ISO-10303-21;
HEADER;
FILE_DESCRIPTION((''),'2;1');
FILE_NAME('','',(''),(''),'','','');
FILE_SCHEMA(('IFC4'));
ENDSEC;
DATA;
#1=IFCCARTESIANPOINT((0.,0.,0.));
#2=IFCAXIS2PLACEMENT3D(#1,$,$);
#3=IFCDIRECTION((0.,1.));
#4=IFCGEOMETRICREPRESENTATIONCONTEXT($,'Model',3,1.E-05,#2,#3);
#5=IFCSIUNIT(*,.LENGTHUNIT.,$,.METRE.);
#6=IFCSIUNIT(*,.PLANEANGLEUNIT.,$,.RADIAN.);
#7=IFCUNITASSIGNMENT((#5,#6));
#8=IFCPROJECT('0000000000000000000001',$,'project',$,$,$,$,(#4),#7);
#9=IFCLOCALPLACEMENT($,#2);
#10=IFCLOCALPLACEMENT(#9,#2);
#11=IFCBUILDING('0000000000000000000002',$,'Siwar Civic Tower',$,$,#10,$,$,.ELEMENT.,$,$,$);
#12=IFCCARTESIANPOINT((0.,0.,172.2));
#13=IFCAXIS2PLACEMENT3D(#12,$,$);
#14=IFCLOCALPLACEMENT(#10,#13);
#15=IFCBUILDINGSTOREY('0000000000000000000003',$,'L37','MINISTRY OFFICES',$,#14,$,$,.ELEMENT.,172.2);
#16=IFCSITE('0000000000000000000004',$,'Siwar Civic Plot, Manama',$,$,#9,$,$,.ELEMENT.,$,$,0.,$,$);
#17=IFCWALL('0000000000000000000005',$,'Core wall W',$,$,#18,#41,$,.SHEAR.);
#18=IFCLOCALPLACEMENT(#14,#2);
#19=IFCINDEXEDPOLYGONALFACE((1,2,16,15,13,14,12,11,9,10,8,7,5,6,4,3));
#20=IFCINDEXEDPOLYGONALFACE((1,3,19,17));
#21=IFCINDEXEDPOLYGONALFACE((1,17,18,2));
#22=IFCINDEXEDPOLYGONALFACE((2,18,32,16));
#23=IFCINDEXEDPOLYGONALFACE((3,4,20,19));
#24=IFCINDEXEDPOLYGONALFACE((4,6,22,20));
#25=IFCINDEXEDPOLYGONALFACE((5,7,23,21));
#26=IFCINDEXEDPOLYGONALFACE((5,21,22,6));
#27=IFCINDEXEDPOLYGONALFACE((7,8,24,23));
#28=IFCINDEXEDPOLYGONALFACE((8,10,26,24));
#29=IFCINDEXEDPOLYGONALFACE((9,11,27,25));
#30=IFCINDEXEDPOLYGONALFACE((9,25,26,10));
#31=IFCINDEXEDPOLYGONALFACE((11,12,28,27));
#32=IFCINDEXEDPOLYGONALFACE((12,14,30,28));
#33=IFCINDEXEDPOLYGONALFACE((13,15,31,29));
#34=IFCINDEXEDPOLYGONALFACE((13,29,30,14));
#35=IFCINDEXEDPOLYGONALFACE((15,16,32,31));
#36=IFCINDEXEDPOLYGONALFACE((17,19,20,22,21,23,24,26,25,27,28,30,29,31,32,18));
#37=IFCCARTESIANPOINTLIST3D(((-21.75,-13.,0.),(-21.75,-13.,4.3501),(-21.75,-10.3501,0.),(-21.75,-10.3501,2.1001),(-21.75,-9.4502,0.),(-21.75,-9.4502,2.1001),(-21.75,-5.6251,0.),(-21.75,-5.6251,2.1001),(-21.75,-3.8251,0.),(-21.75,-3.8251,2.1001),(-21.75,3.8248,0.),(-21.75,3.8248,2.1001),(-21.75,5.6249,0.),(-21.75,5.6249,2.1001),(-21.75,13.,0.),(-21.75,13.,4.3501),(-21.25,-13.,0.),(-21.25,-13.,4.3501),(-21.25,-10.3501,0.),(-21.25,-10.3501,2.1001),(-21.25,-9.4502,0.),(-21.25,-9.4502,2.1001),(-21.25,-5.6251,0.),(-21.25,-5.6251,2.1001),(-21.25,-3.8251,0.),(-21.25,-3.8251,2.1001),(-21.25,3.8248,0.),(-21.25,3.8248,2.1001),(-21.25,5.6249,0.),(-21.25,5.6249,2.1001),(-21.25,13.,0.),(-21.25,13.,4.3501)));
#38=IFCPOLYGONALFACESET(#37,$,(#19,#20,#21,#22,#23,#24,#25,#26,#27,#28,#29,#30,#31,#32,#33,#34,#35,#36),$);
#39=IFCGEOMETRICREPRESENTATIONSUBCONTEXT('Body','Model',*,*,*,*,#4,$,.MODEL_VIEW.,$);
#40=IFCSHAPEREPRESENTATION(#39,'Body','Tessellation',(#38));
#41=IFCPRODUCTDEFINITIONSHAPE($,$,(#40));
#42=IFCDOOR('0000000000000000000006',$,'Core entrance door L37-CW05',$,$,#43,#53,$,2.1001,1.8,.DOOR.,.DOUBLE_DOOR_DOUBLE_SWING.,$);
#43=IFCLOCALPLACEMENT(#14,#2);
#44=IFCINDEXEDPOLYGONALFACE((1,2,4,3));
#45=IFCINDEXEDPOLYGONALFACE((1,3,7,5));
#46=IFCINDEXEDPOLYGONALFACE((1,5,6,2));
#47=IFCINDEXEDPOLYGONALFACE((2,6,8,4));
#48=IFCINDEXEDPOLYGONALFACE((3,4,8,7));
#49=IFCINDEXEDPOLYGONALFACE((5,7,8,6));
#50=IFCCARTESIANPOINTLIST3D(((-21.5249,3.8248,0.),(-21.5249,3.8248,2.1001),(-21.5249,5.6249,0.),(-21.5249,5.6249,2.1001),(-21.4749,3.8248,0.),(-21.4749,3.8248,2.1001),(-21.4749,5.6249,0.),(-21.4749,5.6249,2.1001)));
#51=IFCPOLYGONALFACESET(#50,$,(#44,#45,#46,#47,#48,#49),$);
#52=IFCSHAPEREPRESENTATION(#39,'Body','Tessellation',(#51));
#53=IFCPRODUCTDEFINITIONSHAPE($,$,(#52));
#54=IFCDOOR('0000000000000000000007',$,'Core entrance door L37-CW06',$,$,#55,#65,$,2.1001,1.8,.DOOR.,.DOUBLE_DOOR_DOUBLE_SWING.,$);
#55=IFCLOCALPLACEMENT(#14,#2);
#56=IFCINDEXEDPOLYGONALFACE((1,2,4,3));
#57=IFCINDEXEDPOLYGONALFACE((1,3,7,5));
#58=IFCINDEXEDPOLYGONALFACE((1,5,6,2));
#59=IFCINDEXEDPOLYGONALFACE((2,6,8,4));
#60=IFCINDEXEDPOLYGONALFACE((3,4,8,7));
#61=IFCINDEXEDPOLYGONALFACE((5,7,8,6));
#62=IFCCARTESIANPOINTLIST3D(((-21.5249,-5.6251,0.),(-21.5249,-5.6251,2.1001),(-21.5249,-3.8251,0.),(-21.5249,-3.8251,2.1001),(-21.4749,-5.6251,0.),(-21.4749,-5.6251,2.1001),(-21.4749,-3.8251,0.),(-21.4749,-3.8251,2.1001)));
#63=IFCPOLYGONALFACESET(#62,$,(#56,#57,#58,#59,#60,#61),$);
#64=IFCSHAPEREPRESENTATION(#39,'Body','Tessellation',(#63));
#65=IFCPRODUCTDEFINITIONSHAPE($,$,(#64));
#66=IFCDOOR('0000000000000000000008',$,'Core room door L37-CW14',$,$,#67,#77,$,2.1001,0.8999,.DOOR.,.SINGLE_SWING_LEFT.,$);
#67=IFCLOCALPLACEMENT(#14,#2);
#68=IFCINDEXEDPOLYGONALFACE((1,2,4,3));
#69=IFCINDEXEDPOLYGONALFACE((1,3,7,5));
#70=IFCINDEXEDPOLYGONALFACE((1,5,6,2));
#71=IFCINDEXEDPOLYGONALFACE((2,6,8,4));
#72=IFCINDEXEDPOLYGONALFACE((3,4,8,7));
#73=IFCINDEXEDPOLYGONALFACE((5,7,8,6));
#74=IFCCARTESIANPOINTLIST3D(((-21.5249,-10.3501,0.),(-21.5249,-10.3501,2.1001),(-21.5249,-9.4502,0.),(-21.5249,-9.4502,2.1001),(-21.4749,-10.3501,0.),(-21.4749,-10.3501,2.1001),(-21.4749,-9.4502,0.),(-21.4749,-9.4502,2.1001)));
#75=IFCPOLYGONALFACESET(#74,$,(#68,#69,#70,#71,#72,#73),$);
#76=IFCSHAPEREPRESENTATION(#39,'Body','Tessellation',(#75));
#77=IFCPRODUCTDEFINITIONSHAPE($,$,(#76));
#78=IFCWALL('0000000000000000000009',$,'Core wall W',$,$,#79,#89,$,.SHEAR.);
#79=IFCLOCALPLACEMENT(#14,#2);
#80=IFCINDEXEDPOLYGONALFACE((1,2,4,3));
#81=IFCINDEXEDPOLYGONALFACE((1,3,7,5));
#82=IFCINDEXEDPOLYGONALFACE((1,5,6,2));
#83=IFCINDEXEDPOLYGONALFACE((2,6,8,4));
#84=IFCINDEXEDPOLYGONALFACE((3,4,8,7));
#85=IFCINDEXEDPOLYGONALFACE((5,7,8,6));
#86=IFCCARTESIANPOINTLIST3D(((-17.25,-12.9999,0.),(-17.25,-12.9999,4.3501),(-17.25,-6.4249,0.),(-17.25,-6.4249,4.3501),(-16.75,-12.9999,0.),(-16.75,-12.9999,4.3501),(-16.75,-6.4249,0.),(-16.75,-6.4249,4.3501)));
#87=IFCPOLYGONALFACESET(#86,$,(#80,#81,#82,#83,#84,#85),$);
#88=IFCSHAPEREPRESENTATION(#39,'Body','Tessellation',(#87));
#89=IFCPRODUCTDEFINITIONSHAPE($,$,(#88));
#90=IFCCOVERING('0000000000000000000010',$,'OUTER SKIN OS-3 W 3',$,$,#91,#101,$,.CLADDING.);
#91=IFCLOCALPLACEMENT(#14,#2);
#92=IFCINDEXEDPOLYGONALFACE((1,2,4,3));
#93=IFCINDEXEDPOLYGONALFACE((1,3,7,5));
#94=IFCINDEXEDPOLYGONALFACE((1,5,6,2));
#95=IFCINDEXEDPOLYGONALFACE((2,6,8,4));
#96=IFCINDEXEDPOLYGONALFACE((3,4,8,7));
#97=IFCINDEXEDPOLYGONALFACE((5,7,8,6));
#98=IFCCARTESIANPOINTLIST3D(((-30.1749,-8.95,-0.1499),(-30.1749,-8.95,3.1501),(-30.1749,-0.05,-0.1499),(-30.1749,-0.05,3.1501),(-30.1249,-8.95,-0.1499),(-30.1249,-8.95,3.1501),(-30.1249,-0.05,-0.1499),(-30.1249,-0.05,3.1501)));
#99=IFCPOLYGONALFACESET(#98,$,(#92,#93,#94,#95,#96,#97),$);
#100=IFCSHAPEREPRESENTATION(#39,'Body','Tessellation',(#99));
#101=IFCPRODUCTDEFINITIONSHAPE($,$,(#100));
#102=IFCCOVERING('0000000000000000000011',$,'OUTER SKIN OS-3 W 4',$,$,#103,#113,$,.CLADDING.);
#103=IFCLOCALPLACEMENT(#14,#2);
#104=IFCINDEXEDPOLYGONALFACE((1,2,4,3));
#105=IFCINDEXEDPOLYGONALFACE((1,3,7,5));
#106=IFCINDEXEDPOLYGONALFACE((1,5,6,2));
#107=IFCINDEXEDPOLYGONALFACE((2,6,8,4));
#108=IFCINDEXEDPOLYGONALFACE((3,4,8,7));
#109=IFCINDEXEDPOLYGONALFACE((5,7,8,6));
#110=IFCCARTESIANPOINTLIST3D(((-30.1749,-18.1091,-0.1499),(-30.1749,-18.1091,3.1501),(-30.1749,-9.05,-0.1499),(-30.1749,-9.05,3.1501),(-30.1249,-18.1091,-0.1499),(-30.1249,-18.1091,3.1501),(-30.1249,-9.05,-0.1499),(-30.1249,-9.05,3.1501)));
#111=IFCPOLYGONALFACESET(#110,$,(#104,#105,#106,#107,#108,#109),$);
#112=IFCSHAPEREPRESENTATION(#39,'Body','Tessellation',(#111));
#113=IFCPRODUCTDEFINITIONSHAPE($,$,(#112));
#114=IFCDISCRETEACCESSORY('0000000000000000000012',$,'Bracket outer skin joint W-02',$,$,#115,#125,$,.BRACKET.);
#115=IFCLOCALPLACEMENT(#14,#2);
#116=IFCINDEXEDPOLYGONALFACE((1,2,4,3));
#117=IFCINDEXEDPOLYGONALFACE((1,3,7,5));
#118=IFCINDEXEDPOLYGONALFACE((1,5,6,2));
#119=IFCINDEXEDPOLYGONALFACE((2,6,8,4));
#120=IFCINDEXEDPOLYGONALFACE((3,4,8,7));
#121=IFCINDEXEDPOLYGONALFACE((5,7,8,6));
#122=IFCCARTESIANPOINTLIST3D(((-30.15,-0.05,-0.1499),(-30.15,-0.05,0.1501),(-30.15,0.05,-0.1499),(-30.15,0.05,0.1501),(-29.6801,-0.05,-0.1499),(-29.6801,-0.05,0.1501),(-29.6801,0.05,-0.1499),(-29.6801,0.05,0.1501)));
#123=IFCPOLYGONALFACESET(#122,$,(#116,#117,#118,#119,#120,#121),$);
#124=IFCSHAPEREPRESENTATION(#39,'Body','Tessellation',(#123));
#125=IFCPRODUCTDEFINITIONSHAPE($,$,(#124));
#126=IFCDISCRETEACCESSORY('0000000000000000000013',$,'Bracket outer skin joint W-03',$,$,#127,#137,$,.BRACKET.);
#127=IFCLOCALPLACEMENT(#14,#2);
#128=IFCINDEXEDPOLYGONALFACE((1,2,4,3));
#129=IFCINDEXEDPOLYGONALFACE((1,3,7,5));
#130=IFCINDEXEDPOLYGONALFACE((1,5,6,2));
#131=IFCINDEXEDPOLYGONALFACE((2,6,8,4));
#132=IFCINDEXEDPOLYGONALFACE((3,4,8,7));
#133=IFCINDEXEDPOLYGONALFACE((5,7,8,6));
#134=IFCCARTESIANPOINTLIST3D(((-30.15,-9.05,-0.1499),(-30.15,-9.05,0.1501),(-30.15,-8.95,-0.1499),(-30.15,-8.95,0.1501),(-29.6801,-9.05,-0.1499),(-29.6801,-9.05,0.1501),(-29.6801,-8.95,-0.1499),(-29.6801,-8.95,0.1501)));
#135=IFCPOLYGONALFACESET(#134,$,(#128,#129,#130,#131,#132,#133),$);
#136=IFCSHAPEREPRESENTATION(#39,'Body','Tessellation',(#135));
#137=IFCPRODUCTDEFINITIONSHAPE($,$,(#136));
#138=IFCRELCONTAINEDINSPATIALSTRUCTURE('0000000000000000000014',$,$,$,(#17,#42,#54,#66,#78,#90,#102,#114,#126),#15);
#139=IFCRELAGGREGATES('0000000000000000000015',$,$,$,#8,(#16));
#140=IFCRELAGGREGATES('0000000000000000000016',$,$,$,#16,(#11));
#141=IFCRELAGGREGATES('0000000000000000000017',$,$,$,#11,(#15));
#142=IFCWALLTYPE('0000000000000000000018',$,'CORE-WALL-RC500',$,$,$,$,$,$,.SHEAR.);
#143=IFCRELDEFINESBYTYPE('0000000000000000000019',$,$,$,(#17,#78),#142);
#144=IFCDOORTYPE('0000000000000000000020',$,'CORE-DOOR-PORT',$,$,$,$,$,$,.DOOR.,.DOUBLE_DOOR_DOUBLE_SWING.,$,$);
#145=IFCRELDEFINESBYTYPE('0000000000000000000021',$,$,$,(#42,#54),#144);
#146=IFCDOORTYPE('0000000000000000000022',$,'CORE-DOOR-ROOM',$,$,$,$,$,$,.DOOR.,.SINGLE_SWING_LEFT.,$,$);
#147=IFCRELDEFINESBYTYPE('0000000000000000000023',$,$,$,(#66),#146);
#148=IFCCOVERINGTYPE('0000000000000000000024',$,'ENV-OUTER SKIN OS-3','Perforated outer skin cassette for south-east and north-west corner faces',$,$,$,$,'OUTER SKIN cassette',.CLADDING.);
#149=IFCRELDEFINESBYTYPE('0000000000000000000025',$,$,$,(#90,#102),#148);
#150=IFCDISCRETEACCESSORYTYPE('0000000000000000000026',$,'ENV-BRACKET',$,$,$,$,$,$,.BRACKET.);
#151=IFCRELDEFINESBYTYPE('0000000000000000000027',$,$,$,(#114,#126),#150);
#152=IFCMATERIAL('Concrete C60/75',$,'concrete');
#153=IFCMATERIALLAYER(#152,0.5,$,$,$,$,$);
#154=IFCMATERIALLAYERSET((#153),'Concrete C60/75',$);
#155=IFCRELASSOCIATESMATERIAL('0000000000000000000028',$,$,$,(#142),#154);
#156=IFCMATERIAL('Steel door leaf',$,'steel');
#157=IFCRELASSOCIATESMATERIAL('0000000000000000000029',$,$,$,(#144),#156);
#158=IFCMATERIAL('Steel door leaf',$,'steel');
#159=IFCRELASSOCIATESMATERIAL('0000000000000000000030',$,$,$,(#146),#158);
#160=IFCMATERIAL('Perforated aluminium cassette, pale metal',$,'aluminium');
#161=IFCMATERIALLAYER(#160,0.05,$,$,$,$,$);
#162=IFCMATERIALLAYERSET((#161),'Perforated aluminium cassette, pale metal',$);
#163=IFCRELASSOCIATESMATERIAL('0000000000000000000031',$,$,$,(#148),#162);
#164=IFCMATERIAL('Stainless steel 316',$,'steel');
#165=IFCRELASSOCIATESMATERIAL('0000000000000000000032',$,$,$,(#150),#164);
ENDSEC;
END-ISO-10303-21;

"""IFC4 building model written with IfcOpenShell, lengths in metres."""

from ifc_helpers import new_model, si_unit, direction, frame, frame_2d, origin, origin_2d, place, context, subcontext, project, spatial, rectangle, extrude, material, layer, layer_set, type_object, element, fill, save


model = new_model("IFC4")

# Units and contexts
model_context = context("Model", 3, precision=1e-05, world=origin(), true_north=direction((0.0, 1.0)))
body_context = subcontext(model_context, "Body", "Model", "MODEL_VIEW")
ifc_project = project(units=[si_unit("LENGTHUNIT", "METRE"), si_unit("PLANEANGLEUNIT", "RADIAN")], contexts=[model_context])

# Site, building, storey
site_placement = place(None, origin())
site = spatial("IfcSite", under=ifc_project, at=site_placement, Name="Siwar Civic Plot, Manama", CompositionType="ELEMENT", RefElevation=0.0)
building_placement = place(site_placement, origin())
building = spatial("IfcBuilding", under=site, at=building_placement, Name="Siwar Civic Tower", CompositionType="ELEMENT")
storey_placement = place(building_placement, frame((0.0, 0.0, 172.2)))
storey = spatial("IfcBuildingStorey", under=building, at=storey_placement, Name="L37", Description="MINISTRY OFFICES", CompositionType="ELEMENT", Elevation=172.2)

# Wall, openings, doors
ifc_material_1 = material(Name="Concrete C60/75", Category="concrete")
ifc_layer_1 = layer(ifc_material_1, 0.5)
ifc_layer_set_1 = layer_set([ifc_layer_1], Name="Concrete C60/75")
wall_type_1 = type_object("IfcWallType", Name="CORE-WALL-RC500", PredefinedType="SHEAR", material=ifc_layer_set_1)
wall_1_placement = place(storey_placement, frame((-21.5, -13.0, 0.0), z_axis=(0.0, 0.0, 1.0), x_axis=(0.0, 1.0, 0.0)))
wall_1 = element("IfcWall", 1, at=wall_1_placement, inside=storey, type_object=wall_type_1, Name="Core wall W", PredefinedType="SHEAR", context=body_context, shape_type="SweptSolid", body=[
    extrude(rectangle(XDim=26.0, YDim=0.5, at=frame_2d((13.0, 0.0))), origin(), (0.0, 0.0, 1.0), 4.3501),
])
opening_1_placement = place(wall_1_placement, frame((16.825, 0.0, 0.0)))
opening_1 = element("IfcOpeningElement", 2, at=opening_1_placement, cuts=wall_1, PredefinedType="OPENING", context=body_context, shape_type="SweptSolid", body=[
    extrude(rectangle(XDim=1.8, YDim=2.1001, at=frame_2d((0.8999, 1.05))), frame((0.0, 0.26, 0.0), z_axis=(0.0, -1.0, 0.0), x_axis=(1.0, 0.0, 0.0)), (0.0, 0.0, 1.0), 0.52),
])
opening_2_placement = place(wall_1_placement, frame((7.375, 0.0, 0.0)))
opening_2 = element("IfcOpeningElement", 3, at=opening_2_placement, cuts=wall_1, PredefinedType="OPENING", context=body_context, shape_type="SweptSolid", body=[
    extrude(rectangle(XDim=1.8, YDim=2.1001, at=frame_2d((0.8999, 1.05))), frame((0.0, 0.26, 0.0), z_axis=(0.0, -1.0, 0.0), x_axis=(1.0, 0.0, 0.0)), (0.0, 0.0, 1.0), 0.52),
])
opening_3_placement = place(wall_1_placement, frame((2.6499, 0.0, 0.0)))
opening_3 = element("IfcOpeningElement", 4, at=opening_3_placement, cuts=wall_1, PredefinedType="OPENING", context=body_context, shape_type="SweptSolid", body=[
    extrude(rectangle(XDim=0.8999, YDim=2.1001, at=frame_2d((0.45, 1.05))), frame((0.0, 0.26, 0.0), z_axis=(0.0, -1.0, 0.0), x_axis=(1.0, 0.0, 0.0)), (0.0, 0.0, 1.0), 0.52),
])
ifc_material_2 = material(Name="Steel door leaf", Category="steel")
door_type_1 = type_object("IfcDoorType", Name="CORE-DOOR-PORT", OperationType="DOUBLE_DOOR_DOUBLE_SWING", PredefinedType="DOOR", material=ifc_material_2)
door_1_placement = place(opening_1_placement, origin())
door_1 = element("IfcDoor", 5, at=door_1_placement, inside=storey, type_object=door_type_1, Name="Core entrance door L37-CW05", OperationType="DOUBLE_DOOR_DOUBLE_SWING", OverallHeight=2.1001, OverallWidth=1.8, PredefinedType="DOOR", context=body_context, shape_type="SweptSolid", body=[
    extrude(rectangle(XDim=1.8, YDim=2.1001, at=frame_2d((0.8999, 1.05))), frame((0.0, 0.0249, 0.0), z_axis=(0.0, -1.0, 0.0), x_axis=(1.0, 0.0, 0.0)), (0.0, 0.0, 1.0), 0.05),
])
fill(opening_1, door_1)
door_2_placement = place(opening_2_placement, origin())
door_2 = element("IfcDoor", 6, at=door_2_placement, inside=storey, type_object=door_type_1, Name="Core entrance door L37-CW06", OperationType="DOUBLE_DOOR_DOUBLE_SWING", OverallHeight=2.1001, OverallWidth=1.8, PredefinedType="DOOR", context=body_context, shape_type="SweptSolid", body=[
    extrude(rectangle(XDim=1.8, YDim=2.1001, at=frame_2d((0.8999, 1.05))), frame((0.0, 0.0249, 0.0), z_axis=(0.0, -1.0, 0.0), x_axis=(1.0, 0.0, 0.0)), (0.0, 0.0, 1.0), 0.05),
])
fill(opening_2, door_2)
ifc_material_3 = material(Name="Steel door leaf", Category="steel")
door_type_2 = type_object("IfcDoorType", Name="CORE-DOOR-ROOM", OperationType="SINGLE_SWING_LEFT", PredefinedType="DOOR", material=ifc_material_3)
door_3_placement = place(opening_3_placement, origin())
door_3 = element("IfcDoor", 7, at=door_3_placement, inside=storey, type_object=door_type_2, Name="Core room door L37-CW14", OperationType="SINGLE_SWING_LEFT", OverallHeight=2.1001, OverallWidth=0.8999, PredefinedType="DOOR", context=body_context, shape_type="SweptSolid", body=[
    extrude(rectangle(XDim=0.8999, YDim=2.1001, at=frame_2d((0.45, 1.05))), frame((0.0, 0.0249, 0.0), z_axis=(0.0, -1.0, 0.0), x_axis=(1.0, 0.0, 0.0)), (0.0, 0.0, 1.0), 0.05),
])
fill(opening_3, door_3)

# Wall
wall_2_placement = place(storey_placement, frame((-17.0, -13.0, 0.0), z_axis=(0.0, 0.0, 1.0), x_axis=(0.0, 1.0, 0.0)))
element("IfcWall", 8, at=wall_2_placement, inside=storey, type_object=wall_type_1, Name="Core wall W", PredefinedType="SHEAR", context=body_context, shape_type="SweptSolid", body=[
    extrude(rectangle(XDim=6.575, YDim=0.5, at=frame_2d((3.2876, 0.0))), origin(), (0.0, 0.0, 1.0), 4.3501),
])

# Coverings
ifc_material_4 = material(Name="Perforated aluminium cassette, pale metal", Category="aluminium")
ifc_layer_2 = layer(ifc_material_4, 0.05)
ifc_layer_set_2 = layer_set([ifc_layer_2], Name="Perforated aluminium cassette, pale metal")
covering_type = type_object("IfcCoveringType", Name="ENV-OUTER SKIN OS-3", Description="Perforated outer skin cassette for south-east and north-west corner faces", ElementType="OUTER SKIN cassette", PredefinedType="CLADDING", material=ifc_layer_set_2)
covering_1_placement = place(storey_placement, frame((-30.1499, -4.5, -0.1499), z_axis=(0.0, 0.0, 1.0), x_axis=(0.0, -1.0, 0.0)))
element("IfcCovering", 9, at=covering_1_placement, inside=storey, type_object=covering_type, Name="OUTER SKIN OS-3 W 3", PredefinedType="CLADDING", context=body_context, shape_type="SweptSolid", body=[
    extrude(rectangle(XDim=8.8999, YDim=0.05, at=origin_2d()), origin(), (0.0, 0.0, 1.0), 3.3),
])
covering_2_placement = place(storey_placement, frame((-30.1499, -13.5796, -0.1499), z_axis=(0.0, 0.0, 1.0), x_axis=(0.0, -1.0, 0.0)))
element("IfcCovering", 10, at=covering_2_placement, inside=storey, type_object=covering_type, Name="OUTER SKIN OS-3 W 4", PredefinedType="CLADDING", context=body_context, shape_type="SweptSolid", body=[
    extrude(rectangle(XDim=9.0591, YDim=0.05, at=origin_2d()), origin(), (0.0, 0.0, 1.0), 3.3),
])

# Discrete accessories
ifc_material_5 = material(Name="Stainless steel 316", Category="steel")
discrete_accessory_type = type_object("IfcDiscreteAccessoryType", Name="ENV-BRACKET", PredefinedType="BRACKET", material=ifc_material_5)
for number, where, z_axis, x_axis, name in (
    (11, (-29.915, 0.0, -0.1499), (0.0, 0.0, 1.0), (-1.0, 0.0, 0.0), "Bracket outer skin joint W-02"),
    (12, (-29.915, -9.0, -0.1499), (0.0, 0.0, 1.0), (-1.0, 0.0, 0.0), "Bracket outer skin joint W-03"),
):
    element("IfcDiscreteAccessory", number, at=place(storey_placement, frame(where, z_axis=z_axis, x_axis=x_axis)), inside=storey, type_object=discrete_accessory_type, Name=name, PredefinedType="BRACKET", context=body_context, shape_type="SweptSolid", body=[
        extrude(rectangle(XDim=0.47, YDim=0.1001, at=origin_2d()), origin(), (0.0, 0.0, 1.0), 0.3),
    ])

save(model, "model.ifc")
